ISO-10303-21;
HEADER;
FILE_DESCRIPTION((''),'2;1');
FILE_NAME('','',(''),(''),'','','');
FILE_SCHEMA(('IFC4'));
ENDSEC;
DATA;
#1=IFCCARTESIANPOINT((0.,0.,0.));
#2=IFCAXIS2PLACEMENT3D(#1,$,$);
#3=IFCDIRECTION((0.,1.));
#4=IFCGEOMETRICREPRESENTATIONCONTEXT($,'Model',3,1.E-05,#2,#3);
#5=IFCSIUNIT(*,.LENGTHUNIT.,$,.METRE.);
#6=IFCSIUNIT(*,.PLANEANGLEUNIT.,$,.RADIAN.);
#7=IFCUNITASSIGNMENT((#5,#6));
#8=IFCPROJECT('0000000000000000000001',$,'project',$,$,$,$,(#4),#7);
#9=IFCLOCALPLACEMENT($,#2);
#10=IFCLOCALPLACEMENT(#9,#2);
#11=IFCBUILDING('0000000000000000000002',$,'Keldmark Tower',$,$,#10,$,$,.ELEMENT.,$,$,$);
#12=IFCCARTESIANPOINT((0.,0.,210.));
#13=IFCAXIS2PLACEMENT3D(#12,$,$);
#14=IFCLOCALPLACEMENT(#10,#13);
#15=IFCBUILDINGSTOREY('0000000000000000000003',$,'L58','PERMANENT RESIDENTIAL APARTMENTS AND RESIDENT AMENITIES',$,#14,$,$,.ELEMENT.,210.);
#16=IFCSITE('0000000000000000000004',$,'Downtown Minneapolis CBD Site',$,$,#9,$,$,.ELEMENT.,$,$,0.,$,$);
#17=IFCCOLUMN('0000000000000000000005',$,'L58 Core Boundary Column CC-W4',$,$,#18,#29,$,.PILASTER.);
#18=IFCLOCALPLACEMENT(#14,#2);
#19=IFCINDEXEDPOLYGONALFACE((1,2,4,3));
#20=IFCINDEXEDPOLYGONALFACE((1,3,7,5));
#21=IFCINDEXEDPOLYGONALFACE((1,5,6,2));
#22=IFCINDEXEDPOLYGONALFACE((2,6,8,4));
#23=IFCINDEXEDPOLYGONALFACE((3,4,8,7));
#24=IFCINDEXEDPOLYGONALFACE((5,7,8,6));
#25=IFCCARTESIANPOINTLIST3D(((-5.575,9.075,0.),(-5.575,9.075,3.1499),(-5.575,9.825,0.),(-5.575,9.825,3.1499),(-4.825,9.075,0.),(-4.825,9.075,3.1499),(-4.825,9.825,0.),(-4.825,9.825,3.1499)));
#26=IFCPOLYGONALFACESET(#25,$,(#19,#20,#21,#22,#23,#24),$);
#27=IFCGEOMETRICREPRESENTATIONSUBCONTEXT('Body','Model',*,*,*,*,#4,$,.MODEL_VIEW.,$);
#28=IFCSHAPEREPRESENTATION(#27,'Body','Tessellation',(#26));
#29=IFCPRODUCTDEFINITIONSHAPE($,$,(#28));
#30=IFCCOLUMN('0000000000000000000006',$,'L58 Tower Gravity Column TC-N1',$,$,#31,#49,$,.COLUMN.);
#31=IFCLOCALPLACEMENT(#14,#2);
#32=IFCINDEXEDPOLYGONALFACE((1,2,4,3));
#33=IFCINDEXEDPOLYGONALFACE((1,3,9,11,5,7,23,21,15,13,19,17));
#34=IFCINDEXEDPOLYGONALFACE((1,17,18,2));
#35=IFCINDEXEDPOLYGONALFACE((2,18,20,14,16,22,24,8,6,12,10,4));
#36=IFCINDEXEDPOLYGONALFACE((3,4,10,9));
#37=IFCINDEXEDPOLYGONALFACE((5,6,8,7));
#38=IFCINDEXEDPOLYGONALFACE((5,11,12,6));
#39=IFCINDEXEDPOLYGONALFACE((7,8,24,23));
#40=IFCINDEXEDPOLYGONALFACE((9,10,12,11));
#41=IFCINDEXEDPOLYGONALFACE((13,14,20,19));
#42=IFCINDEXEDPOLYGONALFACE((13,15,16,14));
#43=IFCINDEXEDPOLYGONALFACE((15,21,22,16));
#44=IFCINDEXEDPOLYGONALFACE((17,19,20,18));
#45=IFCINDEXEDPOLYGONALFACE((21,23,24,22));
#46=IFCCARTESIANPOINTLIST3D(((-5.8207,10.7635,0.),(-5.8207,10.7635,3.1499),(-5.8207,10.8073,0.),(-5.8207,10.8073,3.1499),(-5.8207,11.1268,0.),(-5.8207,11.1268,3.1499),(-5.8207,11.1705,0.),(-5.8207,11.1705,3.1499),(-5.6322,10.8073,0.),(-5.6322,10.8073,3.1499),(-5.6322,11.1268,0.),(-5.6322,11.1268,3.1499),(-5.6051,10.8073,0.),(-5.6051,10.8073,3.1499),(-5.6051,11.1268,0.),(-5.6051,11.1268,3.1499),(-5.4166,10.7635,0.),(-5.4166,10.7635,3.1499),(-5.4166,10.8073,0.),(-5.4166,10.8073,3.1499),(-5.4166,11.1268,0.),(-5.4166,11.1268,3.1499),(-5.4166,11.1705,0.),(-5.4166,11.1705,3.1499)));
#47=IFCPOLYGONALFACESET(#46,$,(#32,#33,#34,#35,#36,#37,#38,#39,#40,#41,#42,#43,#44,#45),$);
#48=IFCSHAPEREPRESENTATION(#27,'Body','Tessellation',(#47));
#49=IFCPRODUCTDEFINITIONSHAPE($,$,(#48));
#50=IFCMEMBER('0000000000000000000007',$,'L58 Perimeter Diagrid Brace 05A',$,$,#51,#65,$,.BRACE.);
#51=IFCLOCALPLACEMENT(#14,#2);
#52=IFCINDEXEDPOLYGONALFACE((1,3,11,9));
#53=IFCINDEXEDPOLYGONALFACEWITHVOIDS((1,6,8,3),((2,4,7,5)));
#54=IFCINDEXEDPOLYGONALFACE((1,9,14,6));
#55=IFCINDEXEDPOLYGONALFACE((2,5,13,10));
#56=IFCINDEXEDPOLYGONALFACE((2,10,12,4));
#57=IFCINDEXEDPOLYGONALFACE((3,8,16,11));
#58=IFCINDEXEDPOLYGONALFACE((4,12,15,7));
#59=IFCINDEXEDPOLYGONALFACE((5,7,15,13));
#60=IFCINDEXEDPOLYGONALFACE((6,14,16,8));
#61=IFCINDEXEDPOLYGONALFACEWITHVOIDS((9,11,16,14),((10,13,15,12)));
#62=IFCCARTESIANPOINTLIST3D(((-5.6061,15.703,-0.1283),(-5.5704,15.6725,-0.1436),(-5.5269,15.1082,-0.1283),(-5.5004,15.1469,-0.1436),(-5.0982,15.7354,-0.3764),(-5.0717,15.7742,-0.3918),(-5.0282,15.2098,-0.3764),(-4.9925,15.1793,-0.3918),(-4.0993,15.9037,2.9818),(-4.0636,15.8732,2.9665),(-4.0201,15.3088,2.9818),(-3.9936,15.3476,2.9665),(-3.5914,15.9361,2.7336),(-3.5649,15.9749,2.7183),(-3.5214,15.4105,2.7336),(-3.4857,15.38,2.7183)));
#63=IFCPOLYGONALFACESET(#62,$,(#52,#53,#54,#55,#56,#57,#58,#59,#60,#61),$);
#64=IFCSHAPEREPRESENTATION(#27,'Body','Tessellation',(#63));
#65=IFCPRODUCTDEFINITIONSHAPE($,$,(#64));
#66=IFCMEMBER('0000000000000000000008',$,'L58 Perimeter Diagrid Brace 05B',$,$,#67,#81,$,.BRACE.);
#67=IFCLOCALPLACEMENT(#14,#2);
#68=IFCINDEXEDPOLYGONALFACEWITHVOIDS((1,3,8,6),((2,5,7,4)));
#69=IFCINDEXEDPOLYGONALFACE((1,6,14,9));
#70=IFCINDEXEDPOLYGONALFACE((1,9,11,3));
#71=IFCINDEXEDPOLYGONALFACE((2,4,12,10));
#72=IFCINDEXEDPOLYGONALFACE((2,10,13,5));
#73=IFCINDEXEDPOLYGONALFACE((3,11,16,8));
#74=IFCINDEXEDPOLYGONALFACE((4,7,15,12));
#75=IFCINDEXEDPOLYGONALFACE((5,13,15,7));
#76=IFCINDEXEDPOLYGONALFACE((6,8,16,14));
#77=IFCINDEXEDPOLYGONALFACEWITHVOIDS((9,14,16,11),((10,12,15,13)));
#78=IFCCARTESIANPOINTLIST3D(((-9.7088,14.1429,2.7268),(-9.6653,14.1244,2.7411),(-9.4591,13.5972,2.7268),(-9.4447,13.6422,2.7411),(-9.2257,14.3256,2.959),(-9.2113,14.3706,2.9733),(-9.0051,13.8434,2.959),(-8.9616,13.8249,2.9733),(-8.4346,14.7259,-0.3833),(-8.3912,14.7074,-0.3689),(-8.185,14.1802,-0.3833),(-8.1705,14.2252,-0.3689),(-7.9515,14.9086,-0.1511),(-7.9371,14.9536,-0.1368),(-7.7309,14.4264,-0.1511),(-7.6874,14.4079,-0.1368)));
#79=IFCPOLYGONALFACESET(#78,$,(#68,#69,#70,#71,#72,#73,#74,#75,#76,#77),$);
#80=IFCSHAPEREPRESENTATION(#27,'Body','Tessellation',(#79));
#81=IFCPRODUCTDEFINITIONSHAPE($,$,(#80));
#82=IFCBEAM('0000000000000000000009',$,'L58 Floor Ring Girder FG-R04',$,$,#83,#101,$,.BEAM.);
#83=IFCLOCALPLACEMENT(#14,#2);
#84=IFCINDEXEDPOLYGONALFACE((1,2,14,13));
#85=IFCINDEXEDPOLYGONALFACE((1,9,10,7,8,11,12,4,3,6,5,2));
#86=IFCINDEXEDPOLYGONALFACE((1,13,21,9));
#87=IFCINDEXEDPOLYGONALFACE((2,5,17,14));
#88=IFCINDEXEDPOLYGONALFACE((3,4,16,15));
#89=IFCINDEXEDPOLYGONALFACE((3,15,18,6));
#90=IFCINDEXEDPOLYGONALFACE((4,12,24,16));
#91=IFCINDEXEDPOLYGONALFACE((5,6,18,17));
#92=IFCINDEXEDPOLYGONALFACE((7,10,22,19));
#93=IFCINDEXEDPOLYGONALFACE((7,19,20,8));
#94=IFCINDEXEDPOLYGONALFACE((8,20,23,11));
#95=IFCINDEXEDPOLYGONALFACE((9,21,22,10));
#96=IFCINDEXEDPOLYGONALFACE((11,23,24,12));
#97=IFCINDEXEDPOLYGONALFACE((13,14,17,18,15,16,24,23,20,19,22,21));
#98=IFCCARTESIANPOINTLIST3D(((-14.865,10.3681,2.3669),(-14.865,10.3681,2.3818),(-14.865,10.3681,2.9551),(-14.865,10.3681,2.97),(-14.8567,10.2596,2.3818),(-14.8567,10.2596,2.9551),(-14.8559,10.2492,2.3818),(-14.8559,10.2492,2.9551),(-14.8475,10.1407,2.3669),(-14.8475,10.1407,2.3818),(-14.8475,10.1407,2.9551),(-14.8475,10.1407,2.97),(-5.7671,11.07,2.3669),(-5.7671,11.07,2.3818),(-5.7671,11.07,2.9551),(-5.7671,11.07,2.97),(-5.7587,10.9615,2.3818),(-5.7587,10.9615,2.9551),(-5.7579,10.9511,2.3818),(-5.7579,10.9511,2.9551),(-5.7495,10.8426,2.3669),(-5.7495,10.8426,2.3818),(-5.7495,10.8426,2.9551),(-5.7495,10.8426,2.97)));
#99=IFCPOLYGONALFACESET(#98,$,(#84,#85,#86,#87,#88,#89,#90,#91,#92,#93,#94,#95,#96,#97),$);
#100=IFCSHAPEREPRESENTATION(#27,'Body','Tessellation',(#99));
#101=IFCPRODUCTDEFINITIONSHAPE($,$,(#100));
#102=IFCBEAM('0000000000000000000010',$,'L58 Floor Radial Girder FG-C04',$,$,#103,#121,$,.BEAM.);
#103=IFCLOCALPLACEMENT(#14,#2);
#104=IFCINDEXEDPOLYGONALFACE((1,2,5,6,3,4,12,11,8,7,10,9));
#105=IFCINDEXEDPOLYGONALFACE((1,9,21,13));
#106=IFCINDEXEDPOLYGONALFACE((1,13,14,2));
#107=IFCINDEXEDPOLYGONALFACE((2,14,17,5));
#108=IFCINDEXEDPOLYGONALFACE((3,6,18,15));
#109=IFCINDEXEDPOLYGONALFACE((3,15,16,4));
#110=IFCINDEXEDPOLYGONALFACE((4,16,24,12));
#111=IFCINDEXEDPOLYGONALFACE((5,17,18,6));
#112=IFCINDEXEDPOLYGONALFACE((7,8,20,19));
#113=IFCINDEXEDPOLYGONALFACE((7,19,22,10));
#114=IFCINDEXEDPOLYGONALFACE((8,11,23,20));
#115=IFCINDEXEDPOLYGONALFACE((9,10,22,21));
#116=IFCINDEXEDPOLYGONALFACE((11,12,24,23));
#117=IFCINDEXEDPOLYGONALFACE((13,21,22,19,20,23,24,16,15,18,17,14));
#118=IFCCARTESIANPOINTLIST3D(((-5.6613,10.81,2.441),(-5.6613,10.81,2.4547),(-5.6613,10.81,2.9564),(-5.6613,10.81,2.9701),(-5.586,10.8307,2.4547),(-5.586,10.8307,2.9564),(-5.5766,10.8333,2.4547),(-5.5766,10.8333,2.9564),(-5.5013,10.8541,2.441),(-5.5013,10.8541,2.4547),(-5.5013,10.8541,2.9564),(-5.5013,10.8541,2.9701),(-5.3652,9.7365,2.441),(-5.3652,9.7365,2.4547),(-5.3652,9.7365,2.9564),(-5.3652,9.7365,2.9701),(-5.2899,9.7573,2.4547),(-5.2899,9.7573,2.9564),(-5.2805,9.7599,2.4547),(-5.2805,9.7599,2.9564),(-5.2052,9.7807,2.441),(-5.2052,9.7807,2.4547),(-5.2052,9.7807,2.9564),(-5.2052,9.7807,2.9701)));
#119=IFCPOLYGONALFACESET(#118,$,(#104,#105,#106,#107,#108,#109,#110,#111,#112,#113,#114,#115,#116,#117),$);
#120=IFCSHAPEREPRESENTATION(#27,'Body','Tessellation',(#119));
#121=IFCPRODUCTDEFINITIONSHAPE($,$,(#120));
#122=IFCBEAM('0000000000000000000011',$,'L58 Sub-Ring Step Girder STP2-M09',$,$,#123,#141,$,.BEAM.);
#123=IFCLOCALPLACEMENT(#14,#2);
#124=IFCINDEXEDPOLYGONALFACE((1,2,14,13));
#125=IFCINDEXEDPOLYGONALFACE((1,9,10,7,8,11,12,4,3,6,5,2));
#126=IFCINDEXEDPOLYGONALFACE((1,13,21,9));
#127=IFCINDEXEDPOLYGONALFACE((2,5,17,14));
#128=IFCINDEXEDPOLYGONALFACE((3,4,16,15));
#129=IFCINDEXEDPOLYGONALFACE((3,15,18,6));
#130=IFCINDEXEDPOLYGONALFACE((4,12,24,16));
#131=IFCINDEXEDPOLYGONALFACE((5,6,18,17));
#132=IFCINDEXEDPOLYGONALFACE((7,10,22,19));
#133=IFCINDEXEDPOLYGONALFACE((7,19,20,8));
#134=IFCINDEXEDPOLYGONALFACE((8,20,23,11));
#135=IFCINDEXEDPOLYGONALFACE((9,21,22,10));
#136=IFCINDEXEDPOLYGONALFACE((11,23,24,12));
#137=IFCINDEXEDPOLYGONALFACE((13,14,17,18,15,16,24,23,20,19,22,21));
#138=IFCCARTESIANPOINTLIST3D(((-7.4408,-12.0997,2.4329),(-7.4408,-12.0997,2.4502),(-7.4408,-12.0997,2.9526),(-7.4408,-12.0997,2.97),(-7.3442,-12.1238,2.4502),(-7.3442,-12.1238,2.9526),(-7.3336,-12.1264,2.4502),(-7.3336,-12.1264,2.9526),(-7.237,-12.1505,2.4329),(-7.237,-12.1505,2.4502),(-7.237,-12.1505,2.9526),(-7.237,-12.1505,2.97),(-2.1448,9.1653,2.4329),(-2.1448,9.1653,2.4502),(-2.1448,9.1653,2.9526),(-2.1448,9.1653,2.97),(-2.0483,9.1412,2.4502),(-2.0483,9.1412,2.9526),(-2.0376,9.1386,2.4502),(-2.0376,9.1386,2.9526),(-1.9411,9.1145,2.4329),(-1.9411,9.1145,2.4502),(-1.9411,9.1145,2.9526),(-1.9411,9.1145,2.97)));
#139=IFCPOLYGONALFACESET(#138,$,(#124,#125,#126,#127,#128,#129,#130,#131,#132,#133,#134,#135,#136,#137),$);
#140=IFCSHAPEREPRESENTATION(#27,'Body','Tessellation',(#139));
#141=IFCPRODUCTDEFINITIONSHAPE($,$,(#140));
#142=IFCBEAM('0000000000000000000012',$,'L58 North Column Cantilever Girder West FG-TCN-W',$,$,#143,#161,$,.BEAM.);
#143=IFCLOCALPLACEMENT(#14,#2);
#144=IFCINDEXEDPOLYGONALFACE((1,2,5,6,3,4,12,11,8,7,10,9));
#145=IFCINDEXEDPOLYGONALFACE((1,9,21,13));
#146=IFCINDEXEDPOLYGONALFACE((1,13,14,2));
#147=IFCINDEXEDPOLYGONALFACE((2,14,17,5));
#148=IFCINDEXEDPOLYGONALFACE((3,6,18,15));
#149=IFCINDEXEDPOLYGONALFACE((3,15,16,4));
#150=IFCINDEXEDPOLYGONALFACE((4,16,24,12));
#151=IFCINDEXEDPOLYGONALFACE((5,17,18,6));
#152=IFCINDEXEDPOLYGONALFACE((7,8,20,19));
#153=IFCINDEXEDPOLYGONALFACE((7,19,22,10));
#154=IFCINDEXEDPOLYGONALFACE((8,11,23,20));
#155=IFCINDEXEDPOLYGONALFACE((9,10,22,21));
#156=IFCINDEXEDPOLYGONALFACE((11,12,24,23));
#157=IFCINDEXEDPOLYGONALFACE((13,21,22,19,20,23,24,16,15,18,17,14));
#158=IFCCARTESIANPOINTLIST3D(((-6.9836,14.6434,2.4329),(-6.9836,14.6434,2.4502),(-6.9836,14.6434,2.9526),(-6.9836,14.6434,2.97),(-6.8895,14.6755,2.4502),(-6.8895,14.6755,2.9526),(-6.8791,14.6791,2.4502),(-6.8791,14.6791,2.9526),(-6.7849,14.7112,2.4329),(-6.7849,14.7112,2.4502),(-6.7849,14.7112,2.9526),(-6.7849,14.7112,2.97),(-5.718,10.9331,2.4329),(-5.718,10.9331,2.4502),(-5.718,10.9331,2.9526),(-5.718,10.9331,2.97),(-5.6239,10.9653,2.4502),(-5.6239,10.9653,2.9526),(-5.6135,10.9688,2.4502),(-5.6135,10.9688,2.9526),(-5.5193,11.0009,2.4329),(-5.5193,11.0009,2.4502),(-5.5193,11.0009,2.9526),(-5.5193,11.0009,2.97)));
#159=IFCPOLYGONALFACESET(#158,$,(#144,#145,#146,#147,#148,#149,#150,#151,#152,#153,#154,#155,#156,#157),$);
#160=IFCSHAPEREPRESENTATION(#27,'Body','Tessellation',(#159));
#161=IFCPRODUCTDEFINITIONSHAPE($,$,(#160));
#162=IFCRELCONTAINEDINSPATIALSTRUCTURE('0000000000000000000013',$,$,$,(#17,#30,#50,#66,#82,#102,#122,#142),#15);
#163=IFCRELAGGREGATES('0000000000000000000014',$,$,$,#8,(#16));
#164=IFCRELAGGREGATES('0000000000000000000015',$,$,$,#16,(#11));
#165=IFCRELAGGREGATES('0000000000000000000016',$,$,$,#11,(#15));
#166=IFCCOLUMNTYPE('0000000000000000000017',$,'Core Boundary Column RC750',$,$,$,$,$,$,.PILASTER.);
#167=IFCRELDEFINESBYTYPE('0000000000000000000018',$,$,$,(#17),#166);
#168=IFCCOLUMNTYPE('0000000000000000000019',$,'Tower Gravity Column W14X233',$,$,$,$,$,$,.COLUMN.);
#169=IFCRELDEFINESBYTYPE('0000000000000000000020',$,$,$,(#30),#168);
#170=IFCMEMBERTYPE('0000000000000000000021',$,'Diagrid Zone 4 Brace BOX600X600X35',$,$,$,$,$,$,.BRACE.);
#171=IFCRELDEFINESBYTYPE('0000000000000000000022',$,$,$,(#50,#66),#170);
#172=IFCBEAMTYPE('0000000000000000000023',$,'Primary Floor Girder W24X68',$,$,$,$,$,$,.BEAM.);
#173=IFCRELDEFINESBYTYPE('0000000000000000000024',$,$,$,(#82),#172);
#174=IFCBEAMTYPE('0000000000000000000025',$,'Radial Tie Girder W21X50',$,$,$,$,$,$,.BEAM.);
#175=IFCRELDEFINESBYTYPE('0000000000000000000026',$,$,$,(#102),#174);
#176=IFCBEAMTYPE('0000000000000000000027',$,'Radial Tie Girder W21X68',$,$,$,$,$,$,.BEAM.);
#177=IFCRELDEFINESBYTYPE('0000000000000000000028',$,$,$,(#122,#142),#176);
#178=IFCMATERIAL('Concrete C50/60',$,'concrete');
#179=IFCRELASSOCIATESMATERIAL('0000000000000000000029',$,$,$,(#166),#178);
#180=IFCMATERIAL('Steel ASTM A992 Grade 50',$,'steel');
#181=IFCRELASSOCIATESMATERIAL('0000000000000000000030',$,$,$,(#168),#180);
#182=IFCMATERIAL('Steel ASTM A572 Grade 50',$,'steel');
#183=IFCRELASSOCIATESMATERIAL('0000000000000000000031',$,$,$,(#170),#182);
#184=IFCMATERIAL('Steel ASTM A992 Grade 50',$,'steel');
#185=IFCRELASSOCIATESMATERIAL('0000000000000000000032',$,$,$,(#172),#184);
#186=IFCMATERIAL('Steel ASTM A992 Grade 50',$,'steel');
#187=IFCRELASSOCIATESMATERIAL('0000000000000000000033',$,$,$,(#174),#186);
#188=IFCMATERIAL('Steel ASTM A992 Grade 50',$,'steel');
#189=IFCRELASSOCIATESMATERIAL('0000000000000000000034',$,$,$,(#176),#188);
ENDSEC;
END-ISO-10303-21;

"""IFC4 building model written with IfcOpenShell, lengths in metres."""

from ifc_helpers import new_model, si_unit, direction, frame, origin, origin_2d, place, context, subcontext, project, spatial, rectangle, hollow_rectangle, i_section, extrude, material, material_profile, profile_set, type_object, element, save


model = new_model("IFC4")

# Units and contexts
model_context = context("Model", 3, precision=1e-05, world=origin(), true_north=direction((0.0, 1.0)))
body_context = subcontext(model_context, "Body", "Model", "MODEL_VIEW")
ifc_project = project(units=[si_unit("LENGTHUNIT", "METRE"), si_unit("PLANEANGLEUNIT", "RADIAN")], contexts=[model_context])

# Site, building, storey
site_placement = place(None, origin())
site = spatial("IfcSite", under=ifc_project, at=site_placement, Name="Downtown Minneapolis CBD Site", CompositionType="ELEMENT", RefElevation=0.0)
building_placement = place(site_placement, origin())
building = spatial("IfcBuilding", under=site, at=building_placement, Name="Keldmark Tower", CompositionType="ELEMENT")
storey_placement = place(building_placement, frame((0.0, 0.0, 210.0)))
storey = spatial("IfcBuildingStorey", under=building, at=storey_placement, Name="L58", Description="PERMANENT RESIDENTIAL APARTMENTS AND RESIDENT AMENITIES", CompositionType="ELEMENT", Elevation=210.0)

# Columns
ifc_material_1 = material(Name="Concrete C50/60", Category="concrete")
ifc_material_profile_1 = material_profile(ifc_material_1, rectangle(XDim=0.75, YDim=0.75, at=origin_2d()), Name="RC750X750")
ifc_profile_set_1 = profile_set([ifc_material_profile_1], Name="Concrete C50/60")
column_type_1 = type_object("IfcColumnType", Name="Core Boundary Column RC750", PredefinedType="PILASTER", material=ifc_profile_set_1)
column_1_placement = place(storey_placement, frame((-5.2, 9.45, 0.0), z_axis=(0.0, 0.0, 1.0), x_axis=(1.0, 0.0, 0.0)))
element("IfcColumn", 1, at=column_1_placement, inside=storey, type_object=column_type_1, Name="L58 Core Boundary Column CC-W4", PredefinedType="PILASTER", context=body_context, shape_type="SweptSolid", body=[
    extrude(rectangle(XDim=0.75, YDim=0.75, at=origin_2d()), origin(), (0.0, 0.0, 1.0), 3.1499),
])
ifc_material_2 = material(Name="Steel ASTM A992 Grade 50", Category="steel")
ifc_material_profile_2 = material_profile(ifc_material_2, i_section(OverallWidth=0.4041, OverallDepth=0.407, WebThickness=0.0271, FlangeThickness=0.0437, at=origin_2d()), Name="W14X233")
ifc_profile_set_2 = profile_set([ifc_material_profile_2], Name="Steel ASTM A992 Grade 50")
column_type_2 = type_object("IfcColumnType", Name="Tower Gravity Column W14X233", PredefinedType="COLUMN", material=ifc_profile_set_2)
column_2_placement = place(storey_placement, frame((-5.6187, 10.967, 0.0), z_axis=(0.0, 0.0, 1.0), x_axis=(1.0, 0.0, 0.0)))
element("IfcColumn", 2, at=column_2_placement, inside=storey, type_object=column_type_2, Name="L58 Tower Gravity Column TC-N1", PredefinedType="COLUMN", context=body_context, shape_type="SweptSolid", body=[
    extrude(i_section(OverallWidth=0.4041, OverallDepth=0.407, WebThickness=0.0271, FlangeThickness=0.0437, at=origin_2d()), origin(), (0.0, 0.0, 1.0), 3.1499),
])

# Members
ifc_material_3 = material(Name="Steel ASTM A572 Grade 50", Category="steel")
ifc_material_profile_3 = material_profile(ifc_material_3, hollow_rectangle(XDim=0.6001, YDim=0.6001, WallThickness=0.0349, at=origin_2d()), Name="BOX600X600X35")
ifc_profile_set_3 = profile_set([ifc_material_profile_3], Name="Steel ASTM A572 Grade 50")
member_type = type_object("IfcMemberType", Name="Diagrid Zone 4 Brace BOX600X600X35", PredefinedType="BRACE", material=ifc_profile_set_3)
member_1_placement = place(storey_placement, frame((-5.2993, 15.4412, -0.26), z_axis=(0.435284, 0.057972, 0.898425), x_axis=(-0.132016, 0.991248, 0.0)))
element("IfcMember", 3, at=member_1_placement, inside=storey, type_object=member_type, Name="L58 Perimeter Diagrid Brace 05A", PredefinedType="BRACE", context=body_context, shape_type="SweptSolid", body=[
    extrude(hollow_rectangle(XDim=0.6001, YDim=0.6001, WallThickness=0.0349, at=origin_2d()), origin(), (0.0, 0.0, 1.0), 3.4617),
])
member_2_placement = place(storey_placement, frame((-8.061, 14.5669, -0.26), z_axis=(-0.373527, -0.170911, 0.911738), x_axis=(0.416073, -0.909331, 0.0)))
element("IfcMember", 4, at=member_2_placement, inside=storey, type_object=member_type, Name="L58 Perimeter Diagrid Brace 05B", PredefinedType="BRACE", context=body_context, shape_type="SweptSolid", body=[
    extrude(hollow_rectangle(XDim=0.6001, YDim=0.6001, WallThickness=0.0349, at=origin_2d()), origin(), (0.0, 0.0, 1.0), 3.4111),
])

# Beams
ifc_material_4 = material(Name="Steel ASTM A992 Grade 50", Category="steel")
ifc_material_profile_4 = material_profile(ifc_material_4, i_section(OverallWidth=0.228, OverallDepth=0.603, WebThickness=0.0105, FlangeThickness=0.0149, at=origin_2d()), Name="W24X68")
ifc_profile_set_4 = profile_set([ifc_material_profile_4], Name="Steel ASTM A992 Grade 50")
beam_type_1 = type_object("IfcBeamType", Name="Primary Floor Girder W24X68", PredefinedType="BEAM", material=ifc_profile_set_4)
beam_1_placement = place(storey_placement, frame((-5.7583, 10.9563, 2.6685), z_axis=(-0.997037, -0.076922, 0.0), x_axis=(0.076922, -0.997037, 0.0)))
element("IfcBeam", 5, at=beam_1_placement, inside=storey, type_object=beam_type_1, Name="L58 Floor Ring Girder FG-R04", PredefinedType="BEAM", context=body_context, shape_type="SweptSolid", body=[
    extrude(i_section(OverallWidth=0.228, OverallDepth=0.603, WebThickness=0.0105, FlangeThickness=0.0149, at=origin_2d()), origin(), (0.0, 0.0, 1.0), 9.125),
])
ifc_material_5 = material(Name="Steel ASTM A992 Grade 50", Category="steel")
ifc_material_profile_5 = material_profile(ifc_material_5, i_section(OverallWidth=0.166, OverallDepth=0.5291, WebThickness=0.0098, FlangeThickness=0.0137, at=origin_2d()), Name="W21X50")
ifc_profile_set_5 = profile_set([ifc_material_profile_5], Name="Steel ASTM A992 Grade 50")
beam_type_2 = type_object("IfcBeamType", Name="Radial Tie Girder W21X50", PredefinedType="BEAM", material=ifc_profile_set_5)
beam_2_placement = place(storey_placement, frame((-5.5813, 10.832, 2.7056), z_axis=(0.265936, -0.963991, 0.0), x_axis=(0.963991, 0.265936, 0.0)))
element("IfcBeam", 6, at=beam_2_placement, inside=storey, type_object=beam_type_2, Name="L58 Floor Radial Girder FG-C04", PredefinedType="BEAM", context=body_context, shape_type="SweptSolid", body=[
    extrude(i_section(OverallWidth=0.166, OverallDepth=0.5291, WebThickness=0.0098, FlangeThickness=0.0137, at=origin_2d()), origin(), (0.0, 0.0, 1.0), 1.1135),
])
ifc_material_6 = material(Name="Steel ASTM A992 Grade 50", Category="steel")
ifc_material_profile_6 = material_profile(ifc_material_6, i_section(OverallWidth=0.21, OverallDepth=0.5371, WebThickness=0.011, FlangeThickness=0.0173, at=origin_2d()), Name="W21X68")
ifc_profile_set_6 = profile_set([ifc_material_profile_6], Name="Steel ASTM A992 Grade 50")
beam_type_3 = type_object("IfcBeamType", Name="Radial Tie Girder W21X68", PredefinedType="BEAM", material=ifc_profile_set_6)
beam_3_placement = place(storey_placement, frame((-2.043, 9.1399, 2.7014), z_axis=(-0.241663, -0.97036, 0.0), x_axis=(0.97036, -0.241663, 0.0)))
element("IfcBeam", 7, at=beam_3_placement, inside=storey, type_object=beam_type_3, Name="L58 Sub-Ring Step Girder STP2-M09", PredefinedType="BEAM", context=body_context, shape_type="SweptSolid", body=[
    extrude(i_section(OverallWidth=0.21, OverallDepth=0.5371, WebThickness=0.011, FlangeThickness=0.0173, at=origin_2d()), origin(), (0.0, 0.0, 1.0), 21.9146),
])
beam_4_placement = place(storey_placement, frame((-5.6187, 10.967, 2.7014), z_axis=(-0.322853, 0.946449, 0.0), x_axis=(-0.946449, -0.322853, 0.0)))
element("IfcBeam", 8, at=beam_4_placement, inside=storey, type_object=beam_type_3, Name="L58 North Column Cantilever Girder West FG-TCN-W", PredefinedType="BEAM", context=body_context, shape_type="SweptSolid", body=[
    extrude(i_section(OverallWidth=0.21, OverallDepth=0.5371, WebThickness=0.011, FlangeThickness=0.0173, at=origin_2d()), origin(), (0.0, 0.0, 1.0), 3.9202),
])

save(model, "model.ifc")
